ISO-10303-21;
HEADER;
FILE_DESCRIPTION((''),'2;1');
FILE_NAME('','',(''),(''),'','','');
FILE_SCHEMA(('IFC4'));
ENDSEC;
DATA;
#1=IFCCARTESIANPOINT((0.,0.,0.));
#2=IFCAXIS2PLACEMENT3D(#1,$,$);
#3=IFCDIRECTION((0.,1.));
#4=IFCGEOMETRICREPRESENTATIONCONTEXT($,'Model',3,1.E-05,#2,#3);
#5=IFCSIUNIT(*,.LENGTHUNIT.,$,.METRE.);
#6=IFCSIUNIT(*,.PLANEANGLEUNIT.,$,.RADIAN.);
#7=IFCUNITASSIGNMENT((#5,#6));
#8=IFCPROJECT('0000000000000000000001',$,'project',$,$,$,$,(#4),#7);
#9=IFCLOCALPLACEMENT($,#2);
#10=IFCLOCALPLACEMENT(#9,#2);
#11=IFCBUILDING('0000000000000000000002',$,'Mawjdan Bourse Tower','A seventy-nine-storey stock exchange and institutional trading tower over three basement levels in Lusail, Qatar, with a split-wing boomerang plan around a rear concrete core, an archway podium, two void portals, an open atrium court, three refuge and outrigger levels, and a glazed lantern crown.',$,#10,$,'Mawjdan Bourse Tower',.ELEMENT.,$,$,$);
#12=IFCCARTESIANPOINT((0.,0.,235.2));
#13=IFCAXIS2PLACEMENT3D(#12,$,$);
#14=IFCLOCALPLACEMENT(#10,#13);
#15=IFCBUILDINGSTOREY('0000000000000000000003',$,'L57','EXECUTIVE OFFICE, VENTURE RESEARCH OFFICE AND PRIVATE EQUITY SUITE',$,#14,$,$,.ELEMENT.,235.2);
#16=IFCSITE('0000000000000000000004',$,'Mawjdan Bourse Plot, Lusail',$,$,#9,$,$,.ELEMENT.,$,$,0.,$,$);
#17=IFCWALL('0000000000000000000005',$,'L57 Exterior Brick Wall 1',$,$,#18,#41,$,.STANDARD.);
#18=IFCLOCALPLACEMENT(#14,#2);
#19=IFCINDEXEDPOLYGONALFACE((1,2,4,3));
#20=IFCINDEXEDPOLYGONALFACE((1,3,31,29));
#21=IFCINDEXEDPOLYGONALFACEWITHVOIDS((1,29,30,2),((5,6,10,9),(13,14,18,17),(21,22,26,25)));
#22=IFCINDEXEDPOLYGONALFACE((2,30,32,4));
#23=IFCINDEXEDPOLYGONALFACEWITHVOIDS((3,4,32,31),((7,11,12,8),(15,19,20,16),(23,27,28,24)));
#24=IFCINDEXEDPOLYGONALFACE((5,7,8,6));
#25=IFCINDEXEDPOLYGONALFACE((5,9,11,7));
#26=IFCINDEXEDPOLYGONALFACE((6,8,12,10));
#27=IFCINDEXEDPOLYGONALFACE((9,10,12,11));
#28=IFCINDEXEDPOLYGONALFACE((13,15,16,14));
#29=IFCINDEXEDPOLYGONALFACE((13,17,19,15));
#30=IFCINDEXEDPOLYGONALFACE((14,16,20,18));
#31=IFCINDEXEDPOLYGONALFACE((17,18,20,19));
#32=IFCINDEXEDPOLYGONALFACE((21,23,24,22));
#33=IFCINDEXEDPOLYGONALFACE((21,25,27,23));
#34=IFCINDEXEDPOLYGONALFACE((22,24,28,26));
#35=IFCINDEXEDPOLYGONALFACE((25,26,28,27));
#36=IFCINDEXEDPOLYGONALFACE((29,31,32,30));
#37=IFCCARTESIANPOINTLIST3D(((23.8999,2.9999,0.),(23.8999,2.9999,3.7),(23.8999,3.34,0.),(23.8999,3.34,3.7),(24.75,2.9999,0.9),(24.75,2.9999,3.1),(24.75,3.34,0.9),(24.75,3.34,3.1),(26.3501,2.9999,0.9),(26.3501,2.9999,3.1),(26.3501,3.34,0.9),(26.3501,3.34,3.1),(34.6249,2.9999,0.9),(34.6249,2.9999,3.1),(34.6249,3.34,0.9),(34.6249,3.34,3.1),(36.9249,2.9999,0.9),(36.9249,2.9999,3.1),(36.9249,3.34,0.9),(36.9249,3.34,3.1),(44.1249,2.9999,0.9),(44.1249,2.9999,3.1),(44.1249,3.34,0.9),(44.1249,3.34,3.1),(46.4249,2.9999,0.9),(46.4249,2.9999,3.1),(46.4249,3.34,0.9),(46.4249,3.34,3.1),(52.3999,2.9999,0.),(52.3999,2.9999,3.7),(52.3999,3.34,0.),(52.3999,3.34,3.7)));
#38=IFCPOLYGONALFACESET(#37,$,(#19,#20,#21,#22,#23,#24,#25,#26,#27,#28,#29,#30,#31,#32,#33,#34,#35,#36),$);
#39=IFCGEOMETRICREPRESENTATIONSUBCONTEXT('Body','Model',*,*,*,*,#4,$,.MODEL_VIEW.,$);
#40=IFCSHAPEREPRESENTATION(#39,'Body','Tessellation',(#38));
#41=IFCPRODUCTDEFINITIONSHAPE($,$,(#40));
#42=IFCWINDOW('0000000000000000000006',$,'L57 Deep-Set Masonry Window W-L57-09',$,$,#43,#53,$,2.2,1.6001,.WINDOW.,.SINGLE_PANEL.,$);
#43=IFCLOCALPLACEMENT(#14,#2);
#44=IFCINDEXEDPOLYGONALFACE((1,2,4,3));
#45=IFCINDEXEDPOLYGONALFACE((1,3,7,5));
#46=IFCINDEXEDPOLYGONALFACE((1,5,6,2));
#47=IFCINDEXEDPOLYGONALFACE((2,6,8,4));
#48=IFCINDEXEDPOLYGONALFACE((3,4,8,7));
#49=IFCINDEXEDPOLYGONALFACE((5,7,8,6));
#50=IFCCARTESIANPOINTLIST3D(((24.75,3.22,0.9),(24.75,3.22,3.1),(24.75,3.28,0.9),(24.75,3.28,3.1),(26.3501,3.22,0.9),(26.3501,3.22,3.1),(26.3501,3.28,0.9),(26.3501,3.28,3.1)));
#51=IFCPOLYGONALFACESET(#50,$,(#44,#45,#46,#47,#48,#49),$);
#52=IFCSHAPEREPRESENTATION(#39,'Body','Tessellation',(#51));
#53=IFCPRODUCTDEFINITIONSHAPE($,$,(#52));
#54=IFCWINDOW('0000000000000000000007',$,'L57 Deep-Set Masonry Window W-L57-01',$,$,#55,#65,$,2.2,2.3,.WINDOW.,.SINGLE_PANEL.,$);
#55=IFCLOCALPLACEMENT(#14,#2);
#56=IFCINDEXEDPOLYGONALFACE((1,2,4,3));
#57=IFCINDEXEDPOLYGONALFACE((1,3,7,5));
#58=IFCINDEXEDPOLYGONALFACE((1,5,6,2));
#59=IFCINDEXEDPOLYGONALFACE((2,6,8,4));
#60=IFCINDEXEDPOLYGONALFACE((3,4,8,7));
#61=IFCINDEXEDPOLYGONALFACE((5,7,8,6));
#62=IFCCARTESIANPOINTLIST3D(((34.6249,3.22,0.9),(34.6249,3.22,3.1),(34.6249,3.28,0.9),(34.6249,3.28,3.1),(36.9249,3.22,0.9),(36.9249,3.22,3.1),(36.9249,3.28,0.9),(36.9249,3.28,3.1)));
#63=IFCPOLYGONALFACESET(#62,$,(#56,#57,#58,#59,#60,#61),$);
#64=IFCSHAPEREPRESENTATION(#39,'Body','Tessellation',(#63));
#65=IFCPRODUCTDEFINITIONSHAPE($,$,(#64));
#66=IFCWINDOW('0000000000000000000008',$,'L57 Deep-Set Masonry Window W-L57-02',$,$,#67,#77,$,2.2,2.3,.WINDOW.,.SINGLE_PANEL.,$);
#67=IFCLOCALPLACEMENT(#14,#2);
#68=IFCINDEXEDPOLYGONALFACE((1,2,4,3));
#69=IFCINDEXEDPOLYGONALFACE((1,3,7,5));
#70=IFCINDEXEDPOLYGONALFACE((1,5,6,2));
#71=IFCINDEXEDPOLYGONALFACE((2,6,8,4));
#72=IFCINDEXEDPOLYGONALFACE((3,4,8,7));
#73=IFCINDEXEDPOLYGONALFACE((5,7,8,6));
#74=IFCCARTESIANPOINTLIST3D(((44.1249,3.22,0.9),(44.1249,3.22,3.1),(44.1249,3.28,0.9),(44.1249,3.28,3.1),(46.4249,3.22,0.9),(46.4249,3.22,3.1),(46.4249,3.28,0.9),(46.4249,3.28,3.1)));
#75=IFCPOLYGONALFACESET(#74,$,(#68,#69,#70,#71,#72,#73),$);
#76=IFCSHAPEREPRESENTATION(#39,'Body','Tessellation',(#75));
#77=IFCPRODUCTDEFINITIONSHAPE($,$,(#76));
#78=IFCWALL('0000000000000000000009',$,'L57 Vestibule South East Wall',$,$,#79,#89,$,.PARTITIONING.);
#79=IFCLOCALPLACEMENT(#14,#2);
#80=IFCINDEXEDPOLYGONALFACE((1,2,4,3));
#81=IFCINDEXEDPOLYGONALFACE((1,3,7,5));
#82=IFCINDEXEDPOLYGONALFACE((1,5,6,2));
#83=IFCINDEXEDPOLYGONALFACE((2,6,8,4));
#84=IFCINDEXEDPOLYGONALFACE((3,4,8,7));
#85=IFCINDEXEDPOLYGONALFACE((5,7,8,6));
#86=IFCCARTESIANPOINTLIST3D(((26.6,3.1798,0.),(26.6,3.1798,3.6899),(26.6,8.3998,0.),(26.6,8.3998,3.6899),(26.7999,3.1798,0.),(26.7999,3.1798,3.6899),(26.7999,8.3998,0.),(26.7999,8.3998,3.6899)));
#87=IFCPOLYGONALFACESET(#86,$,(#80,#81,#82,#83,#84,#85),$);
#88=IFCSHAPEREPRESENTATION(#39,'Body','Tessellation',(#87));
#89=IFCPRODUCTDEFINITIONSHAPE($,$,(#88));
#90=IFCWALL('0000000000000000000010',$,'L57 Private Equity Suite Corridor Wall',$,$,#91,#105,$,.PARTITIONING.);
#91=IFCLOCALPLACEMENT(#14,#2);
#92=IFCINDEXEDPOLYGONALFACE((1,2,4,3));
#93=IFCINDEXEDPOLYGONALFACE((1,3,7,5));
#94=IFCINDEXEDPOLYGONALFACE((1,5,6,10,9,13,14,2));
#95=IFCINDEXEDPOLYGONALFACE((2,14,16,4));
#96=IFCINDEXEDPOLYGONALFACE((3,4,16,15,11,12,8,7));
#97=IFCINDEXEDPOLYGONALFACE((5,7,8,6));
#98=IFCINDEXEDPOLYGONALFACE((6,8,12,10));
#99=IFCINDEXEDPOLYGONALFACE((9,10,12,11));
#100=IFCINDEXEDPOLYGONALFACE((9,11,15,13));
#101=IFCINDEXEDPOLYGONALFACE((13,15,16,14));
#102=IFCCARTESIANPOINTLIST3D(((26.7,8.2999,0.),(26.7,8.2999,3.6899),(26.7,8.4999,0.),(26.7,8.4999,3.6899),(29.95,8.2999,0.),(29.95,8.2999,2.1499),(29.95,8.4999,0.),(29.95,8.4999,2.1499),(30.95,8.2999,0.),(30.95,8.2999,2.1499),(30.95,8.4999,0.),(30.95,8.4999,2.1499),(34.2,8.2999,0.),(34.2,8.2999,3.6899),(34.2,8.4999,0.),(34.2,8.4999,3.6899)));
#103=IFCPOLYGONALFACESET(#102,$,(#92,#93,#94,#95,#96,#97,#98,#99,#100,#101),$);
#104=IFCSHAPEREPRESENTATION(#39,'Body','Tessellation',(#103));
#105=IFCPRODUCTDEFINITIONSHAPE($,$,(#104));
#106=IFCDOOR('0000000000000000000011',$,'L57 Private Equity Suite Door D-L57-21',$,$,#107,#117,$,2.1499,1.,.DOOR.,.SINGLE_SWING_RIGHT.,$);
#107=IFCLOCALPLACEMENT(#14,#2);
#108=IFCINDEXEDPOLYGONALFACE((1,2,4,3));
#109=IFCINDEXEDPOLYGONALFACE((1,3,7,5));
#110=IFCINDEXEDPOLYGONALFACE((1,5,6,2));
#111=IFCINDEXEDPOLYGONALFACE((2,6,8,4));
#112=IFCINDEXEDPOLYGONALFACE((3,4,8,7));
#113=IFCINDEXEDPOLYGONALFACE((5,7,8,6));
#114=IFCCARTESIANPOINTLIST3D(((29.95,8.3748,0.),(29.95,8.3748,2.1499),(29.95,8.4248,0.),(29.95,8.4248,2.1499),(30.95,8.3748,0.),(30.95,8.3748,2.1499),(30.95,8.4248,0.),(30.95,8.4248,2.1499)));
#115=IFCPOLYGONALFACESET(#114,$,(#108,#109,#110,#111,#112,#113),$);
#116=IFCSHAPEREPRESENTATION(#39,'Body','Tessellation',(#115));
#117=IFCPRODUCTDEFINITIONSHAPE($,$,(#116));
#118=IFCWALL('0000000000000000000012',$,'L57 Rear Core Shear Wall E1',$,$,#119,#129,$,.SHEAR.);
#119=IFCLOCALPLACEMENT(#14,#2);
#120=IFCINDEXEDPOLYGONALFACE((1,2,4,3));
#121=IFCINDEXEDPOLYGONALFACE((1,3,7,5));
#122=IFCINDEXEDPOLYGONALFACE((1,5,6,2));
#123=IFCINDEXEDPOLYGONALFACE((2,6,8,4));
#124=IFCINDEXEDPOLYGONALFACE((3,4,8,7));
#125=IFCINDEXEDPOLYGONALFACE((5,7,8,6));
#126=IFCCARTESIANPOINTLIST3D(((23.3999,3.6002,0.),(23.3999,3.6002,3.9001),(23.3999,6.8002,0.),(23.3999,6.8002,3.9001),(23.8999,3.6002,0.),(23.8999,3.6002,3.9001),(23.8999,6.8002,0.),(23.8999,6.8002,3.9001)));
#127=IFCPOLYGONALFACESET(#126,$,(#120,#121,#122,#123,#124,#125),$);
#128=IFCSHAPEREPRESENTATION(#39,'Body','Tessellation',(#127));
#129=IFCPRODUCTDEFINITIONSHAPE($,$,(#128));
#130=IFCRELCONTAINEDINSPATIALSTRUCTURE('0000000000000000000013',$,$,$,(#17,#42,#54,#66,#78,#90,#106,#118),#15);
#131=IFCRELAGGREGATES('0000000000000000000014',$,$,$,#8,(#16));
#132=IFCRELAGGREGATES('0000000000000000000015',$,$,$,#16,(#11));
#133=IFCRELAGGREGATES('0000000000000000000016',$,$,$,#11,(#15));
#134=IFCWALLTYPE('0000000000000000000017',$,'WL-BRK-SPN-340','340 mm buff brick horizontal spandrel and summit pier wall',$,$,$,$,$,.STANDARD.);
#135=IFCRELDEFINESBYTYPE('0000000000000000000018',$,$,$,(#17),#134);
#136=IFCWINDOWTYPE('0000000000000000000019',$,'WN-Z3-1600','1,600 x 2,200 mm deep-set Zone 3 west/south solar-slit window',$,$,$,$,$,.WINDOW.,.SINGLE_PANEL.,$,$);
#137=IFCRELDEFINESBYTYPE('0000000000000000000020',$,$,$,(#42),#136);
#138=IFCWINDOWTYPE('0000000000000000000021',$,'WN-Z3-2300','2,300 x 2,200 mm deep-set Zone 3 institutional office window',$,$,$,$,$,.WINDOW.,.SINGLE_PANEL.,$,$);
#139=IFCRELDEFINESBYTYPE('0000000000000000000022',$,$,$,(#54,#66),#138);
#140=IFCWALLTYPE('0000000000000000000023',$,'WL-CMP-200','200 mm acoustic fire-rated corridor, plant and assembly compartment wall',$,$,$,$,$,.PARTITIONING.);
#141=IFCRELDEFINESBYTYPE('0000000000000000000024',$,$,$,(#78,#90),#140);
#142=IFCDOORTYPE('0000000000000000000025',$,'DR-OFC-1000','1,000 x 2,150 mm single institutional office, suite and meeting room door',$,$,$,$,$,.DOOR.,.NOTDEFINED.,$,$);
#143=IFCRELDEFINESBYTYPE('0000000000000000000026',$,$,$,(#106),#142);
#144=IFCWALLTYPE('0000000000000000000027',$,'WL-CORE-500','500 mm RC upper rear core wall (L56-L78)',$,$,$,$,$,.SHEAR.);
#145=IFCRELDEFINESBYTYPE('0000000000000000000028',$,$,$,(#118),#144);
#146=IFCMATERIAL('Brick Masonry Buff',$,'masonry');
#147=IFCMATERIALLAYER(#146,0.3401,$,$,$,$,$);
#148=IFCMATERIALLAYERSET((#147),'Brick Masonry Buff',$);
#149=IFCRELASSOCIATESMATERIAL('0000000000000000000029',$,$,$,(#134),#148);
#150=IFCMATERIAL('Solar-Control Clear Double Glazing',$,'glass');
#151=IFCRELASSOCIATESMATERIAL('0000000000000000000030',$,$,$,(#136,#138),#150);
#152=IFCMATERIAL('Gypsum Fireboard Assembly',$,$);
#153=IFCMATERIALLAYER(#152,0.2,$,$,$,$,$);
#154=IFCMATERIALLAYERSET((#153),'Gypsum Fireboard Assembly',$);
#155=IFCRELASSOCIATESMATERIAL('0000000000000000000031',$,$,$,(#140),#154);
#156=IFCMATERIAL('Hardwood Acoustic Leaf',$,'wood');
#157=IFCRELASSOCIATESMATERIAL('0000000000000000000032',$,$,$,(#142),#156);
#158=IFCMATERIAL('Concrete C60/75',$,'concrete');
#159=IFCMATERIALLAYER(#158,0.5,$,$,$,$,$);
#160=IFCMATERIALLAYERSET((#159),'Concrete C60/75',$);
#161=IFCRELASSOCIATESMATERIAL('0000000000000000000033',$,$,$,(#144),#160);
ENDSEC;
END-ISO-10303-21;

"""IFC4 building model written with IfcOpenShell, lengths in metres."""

from ifc_helpers import new_model, si_unit, direction, frame, frame_2d, origin, place, context, subcontext, project, spatial, rectangle, extrude, material, layer, layer_set, type_object, element, fill, save


model = new_model("IFC4")

# Units and contexts
model_context = context("Model", 3, precision=1e-05, world=origin(), true_north=direction((0.0, 1.0)))
body_context = subcontext(model_context, "Body", "Model", "MODEL_VIEW")
ifc_project = project(units=[si_unit("LENGTHUNIT", "METRE"), si_unit("PLANEANGLEUNIT", "RADIAN")], contexts=[model_context])

# Site, building, storey
site_placement = place(None, origin())
site = spatial("IfcSite", under=ifc_project, at=site_placement, Name="Mawjdan Bourse Plot, Lusail", CompositionType="ELEMENT", RefElevation=0.0)
building_placement = place(site_placement, origin())
building = spatial("IfcBuilding", under=site, at=building_placement, Name="Mawjdan Bourse Tower", Description="A seventy-nine-storey stock exchange and institutional trading tower over three basement levels in Lusail, Qatar, with a split-wing boomerang plan around a rear concrete core, an archway podium, two void portals, an open atrium court, three refuge and outrigger levels, and a glazed lantern crown.", LongName="Mawjdan Bourse Tower", CompositionType="ELEMENT")
storey_placement = place(building_placement, frame((0.0, 0.0, 235.2)))
storey = spatial("IfcBuildingStorey", under=building, at=storey_placement, Name="L57", Description="EXECUTIVE OFFICE, VENTURE RESEARCH OFFICE AND PRIVATE EQUITY SUITE", CompositionType="ELEMENT", Elevation=235.2)

# Shared definitions
ifc_material_1 = material(Name="Concrete C60/75", Category="concrete")

# Wall, openings, windows
ifc_material_2 = material(Name="Brick Masonry Buff", Category="masonry")
ifc_layer_1 = layer(ifc_material_2, 0.3401)
ifc_layer_set_1 = layer_set([ifc_layer_1], Name="Brick Masonry Buff")
wall_type_1 = type_object("IfcWallType", Name="WL-BRK-SPN-340", Description="340 mm buff brick horizontal spandrel and summit pier wall", PredefinedType="STANDARD", material=ifc_layer_set_1)
wall_1_placement = place(storey_placement, frame((23.8999, 3.1699, 0.0), z_axis=(0.0, 0.0, 1.0), x_axis=(1.0, 0.0, 0.0)))
wall_1 = element("IfcWall", 1, at=wall_1_placement, inside=storey, type_object=wall_type_1, Name="L57 Exterior Brick Wall 1", PredefinedType="STANDARD", context=body_context, shape_type="SweptSolid", body=[
    extrude(rectangle(XDim=28.5, YDim=0.3401, at=frame_2d((14.25, 0.0))), origin(), (0.0, 0.0, 1.0), 3.7),
])
opening_1_placement = place(wall_1_placement, frame((10.7251, 0.0, 0.8999)))
opening_1 = element("IfcOpeningElement", 2, at=opening_1_placement, cuts=wall_1, PredefinedType="OPENING", context=body_context, shape_type="SweptSolid", body=[
    extrude(rectangle(XDim=2.3, YDim=2.2, at=frame_2d((1.1499, 1.1001))), frame((0.0, 0.1802, 0.0), z_axis=(0.0, -1.0, 0.0), x_axis=(1.0, 0.0, 0.0)), (0.0, 0.0, 1.0), 0.3601),
])
opening_2_placement = place(wall_1_placement, frame((20.2251, 0.0, 0.8999)))
opening_2 = element("IfcOpeningElement", 3, at=opening_2_placement, cuts=wall_1, PredefinedType="OPENING", context=body_context, shape_type="SweptSolid", body=[
    extrude(rectangle(XDim=2.3, YDim=2.2, at=frame_2d((1.1499, 1.1001))), frame((0.0, 0.1802, 0.0), z_axis=(0.0, -1.0, 0.0), x_axis=(1.0, 0.0, 0.0)), (0.0, 0.0, 1.0), 0.3601),
])
opening_3_placement = place(wall_1_placement, frame((0.8501, 0.0, 0.8999)))
opening_3 = element("IfcOpeningElement", 4, at=opening_3_placement, cuts=wall_1, PredefinedType="OPENING", context=body_context, shape_type="SweptSolid", body=[
    extrude(rectangle(XDim=1.6001, YDim=2.2, at=frame_2d((0.8, 1.1001))), frame((0.0, 0.1802, 0.0), z_axis=(0.0, -1.0, 0.0), x_axis=(1.0, 0.0, 0.0)), (0.0, 0.0, 1.0), 0.3601),
])
ifc_material_3 = material(Name="Solar-Control Clear Double Glazing", Category="glass")
window_type_1 = type_object("IfcWindowType", Name="WN-Z3-1600", Description="1,600 x 2,200 mm deep-set Zone 3 west/south solar-slit window", PartitioningType="SINGLE_PANEL", PredefinedType="WINDOW", material=ifc_material_3)
window_1_placement = place(opening_3_placement, origin())
window_1 = element("IfcWindow", 5, at=window_1_placement, inside=storey, type_object=window_type_1, Name="L57 Deep-Set Masonry Window W-L57-09", OverallHeight=2.2, OverallWidth=1.6001, PartitioningType="SINGLE_PANEL", PredefinedType="WINDOW", context=body_context, shape_type="SweptSolid", body=[
    extrude(rectangle(XDim=1.6001, YDim=2.2, at=frame_2d((0.8, 1.1001))), frame((0.0, 0.1101, 0.0), z_axis=(0.0, -1.0, 0.0), x_axis=(1.0, 0.0, 0.0)), (0.0, 0.0, 1.0), 0.0601),
])
fill(opening_3, window_1)
window_type_2 = type_object("IfcWindowType", Name="WN-Z3-2300", Description="2,300 x 2,200 mm deep-set Zone 3 institutional office window", PartitioningType="SINGLE_PANEL", PredefinedType="WINDOW", material=ifc_material_3)
window_2_placement = place(opening_1_placement, origin())
window_2 = element("IfcWindow", 6, at=window_2_placement, inside=storey, type_object=window_type_2, Name="L57 Deep-Set Masonry Window W-L57-01", OverallHeight=2.2, OverallWidth=2.3, PartitioningType="SINGLE_PANEL", PredefinedType="WINDOW", context=body_context, shape_type="SweptSolid", body=[
    extrude(rectangle(XDim=2.3, YDim=2.2, at=frame_2d((1.1499, 1.1001))), frame((0.0, 0.1101, 0.0), z_axis=(0.0, -1.0, 0.0), x_axis=(1.0, 0.0, 0.0)), (0.0, 0.0, 1.0), 0.0601),
])
fill(opening_1, window_2)
window_3_placement = place(opening_2_placement, origin())
window_3 = element("IfcWindow", 7, at=window_3_placement, inside=storey, type_object=window_type_2, Name="L57 Deep-Set Masonry Window W-L57-02", OverallHeight=2.2, OverallWidth=2.3, PartitioningType="SINGLE_PANEL", PredefinedType="WINDOW", context=body_context, shape_type="SweptSolid", body=[
    extrude(rectangle(XDim=2.3, YDim=2.2, at=frame_2d((1.1499, 1.1001))), frame((0.0, 0.1101, 0.0), z_axis=(0.0, -1.0, 0.0), x_axis=(1.0, 0.0, 0.0)), (0.0, 0.0, 1.0), 0.0601),
])
fill(opening_2, window_3)

# Shared definitions
ifc_material_4 = material(Name="Gypsum Fireboard Assembly")
ifc_layer_2 = layer(ifc_material_4, 0.2)
ifc_layer_set_2 = layer_set([ifc_layer_2], Name="Gypsum Fireboard Assembly")
wall_type_2 = type_object("IfcWallType", Name="WL-CMP-200", Description="200 mm acoustic fire-rated corridor, plant and assembly compartment wall", PredefinedType="PARTITIONING", material=ifc_layer_set_2)
ifc_material_5 = material(Name="Hardwood Acoustic Leaf", Category="wood")
door_type = type_object("IfcDoorType", Name="DR-OFC-1000", Description="1,000 x 2,150 mm single institutional office, suite and meeting room door", OperationType="NOTDEFINED", PredefinedType="DOOR", material=ifc_material_5)

# Wall
wall_2_placement = place(storey_placement, frame((26.7, 3.1799, 0.0), z_axis=(0.0, 0.0, 1.0), x_axis=(0.0, 1.0, 0.0)))
element("IfcWall", 8, at=wall_2_placement, inside=storey, type_object=wall_type_2, Name="L57 Vestibule South East Wall", PredefinedType="PARTITIONING", context=body_context, shape_type="SweptSolid", body=[
    extrude(rectangle(XDim=5.22, YDim=0.2, at=frame_2d((2.6099, 0.0))), origin(), (0.0, 0.0, 1.0), 3.6899),
])

# Wall, opening, door
wall_3_placement = place(storey_placement, frame((26.7, 8.3999, 0.0), z_axis=(0.0, 0.0, 1.0), x_axis=(1.0, 0.0, 0.0)))
wall_3 = element("IfcWall", 9, at=wall_3_placement, inside=storey, type_object=wall_type_2, Name="L57 Private Equity Suite Corridor Wall", PredefinedType="PARTITIONING", context=body_context, shape_type="SweptSolid", body=[
    extrude(rectangle(XDim=7.5, YDim=0.2, at=frame_2d((3.75, 0.0))), origin(), (0.0, 0.0, 1.0), 3.6899),
])
opening_4_placement = place(wall_3_placement, frame((3.25, 0.0, 0.0)))
opening_4 = element("IfcOpeningElement", 10, at=opening_4_placement, cuts=wall_3, PredefinedType="OPENING", context=body_context, shape_type="SweptSolid", body=[
    extrude(rectangle(XDim=1.0, YDim=2.1499, at=frame_2d((0.5, 1.075))), frame((0.0, 0.1099, 0.0), z_axis=(0.0, -1.0, 0.0), x_axis=(1.0, 0.0, 0.0)), (0.0, 0.0, 1.0), 0.22),
])
door_1_placement = place(opening_4_placement, origin())
door_1 = element("IfcDoor", 11, at=door_1_placement, inside=storey, type_object=door_type, Name="L57 Private Equity Suite Door D-L57-21", OperationType="SINGLE_SWING_RIGHT", OverallHeight=2.1499, OverallWidth=1.0, PredefinedType="DOOR", context=body_context, shape_type="SweptSolid", body=[
    extrude(rectangle(XDim=1.0, YDim=2.1499, at=frame_2d((0.5, 1.075))), frame((0.0, 0.0249, 0.0), z_axis=(0.0, -1.0, 0.0), x_axis=(1.0, 0.0, 0.0)), (0.0, 0.0, 1.0), 0.05),
])
fill(opening_4, door_1)

# Wall
ifc_layer_3 = layer(ifc_material_1, 0.5)
ifc_layer_set_3 = layer_set([ifc_layer_3], Name="Concrete C60/75")
wall_type_3 = type_object("IfcWallType", Name="WL-CORE-500", Description="500 mm RC upper rear core wall (L56-L78)", PredefinedType="SHEAR", material=ifc_layer_set_3)
wall_4_placement = place(storey_placement, frame((23.6499, 3.6001, 0.0), z_axis=(0.0, 0.0, 1.0), x_axis=(0.0, 1.0, 0.0)))
element("IfcWall", 12, at=wall_4_placement, inside=storey, type_object=wall_type_3, Name="L57 Rear Core Shear Wall E1", PredefinedType="SHEAR", context=body_context, shape_type="SweptSolid", body=[
    extrude(rectangle(XDim=3.2, YDim=0.5, at=frame_2d((1.6001, 0.0))), origin(), (0.0, 0.0, 1.0), 3.9001),
])

save(model, "model.ifc")
